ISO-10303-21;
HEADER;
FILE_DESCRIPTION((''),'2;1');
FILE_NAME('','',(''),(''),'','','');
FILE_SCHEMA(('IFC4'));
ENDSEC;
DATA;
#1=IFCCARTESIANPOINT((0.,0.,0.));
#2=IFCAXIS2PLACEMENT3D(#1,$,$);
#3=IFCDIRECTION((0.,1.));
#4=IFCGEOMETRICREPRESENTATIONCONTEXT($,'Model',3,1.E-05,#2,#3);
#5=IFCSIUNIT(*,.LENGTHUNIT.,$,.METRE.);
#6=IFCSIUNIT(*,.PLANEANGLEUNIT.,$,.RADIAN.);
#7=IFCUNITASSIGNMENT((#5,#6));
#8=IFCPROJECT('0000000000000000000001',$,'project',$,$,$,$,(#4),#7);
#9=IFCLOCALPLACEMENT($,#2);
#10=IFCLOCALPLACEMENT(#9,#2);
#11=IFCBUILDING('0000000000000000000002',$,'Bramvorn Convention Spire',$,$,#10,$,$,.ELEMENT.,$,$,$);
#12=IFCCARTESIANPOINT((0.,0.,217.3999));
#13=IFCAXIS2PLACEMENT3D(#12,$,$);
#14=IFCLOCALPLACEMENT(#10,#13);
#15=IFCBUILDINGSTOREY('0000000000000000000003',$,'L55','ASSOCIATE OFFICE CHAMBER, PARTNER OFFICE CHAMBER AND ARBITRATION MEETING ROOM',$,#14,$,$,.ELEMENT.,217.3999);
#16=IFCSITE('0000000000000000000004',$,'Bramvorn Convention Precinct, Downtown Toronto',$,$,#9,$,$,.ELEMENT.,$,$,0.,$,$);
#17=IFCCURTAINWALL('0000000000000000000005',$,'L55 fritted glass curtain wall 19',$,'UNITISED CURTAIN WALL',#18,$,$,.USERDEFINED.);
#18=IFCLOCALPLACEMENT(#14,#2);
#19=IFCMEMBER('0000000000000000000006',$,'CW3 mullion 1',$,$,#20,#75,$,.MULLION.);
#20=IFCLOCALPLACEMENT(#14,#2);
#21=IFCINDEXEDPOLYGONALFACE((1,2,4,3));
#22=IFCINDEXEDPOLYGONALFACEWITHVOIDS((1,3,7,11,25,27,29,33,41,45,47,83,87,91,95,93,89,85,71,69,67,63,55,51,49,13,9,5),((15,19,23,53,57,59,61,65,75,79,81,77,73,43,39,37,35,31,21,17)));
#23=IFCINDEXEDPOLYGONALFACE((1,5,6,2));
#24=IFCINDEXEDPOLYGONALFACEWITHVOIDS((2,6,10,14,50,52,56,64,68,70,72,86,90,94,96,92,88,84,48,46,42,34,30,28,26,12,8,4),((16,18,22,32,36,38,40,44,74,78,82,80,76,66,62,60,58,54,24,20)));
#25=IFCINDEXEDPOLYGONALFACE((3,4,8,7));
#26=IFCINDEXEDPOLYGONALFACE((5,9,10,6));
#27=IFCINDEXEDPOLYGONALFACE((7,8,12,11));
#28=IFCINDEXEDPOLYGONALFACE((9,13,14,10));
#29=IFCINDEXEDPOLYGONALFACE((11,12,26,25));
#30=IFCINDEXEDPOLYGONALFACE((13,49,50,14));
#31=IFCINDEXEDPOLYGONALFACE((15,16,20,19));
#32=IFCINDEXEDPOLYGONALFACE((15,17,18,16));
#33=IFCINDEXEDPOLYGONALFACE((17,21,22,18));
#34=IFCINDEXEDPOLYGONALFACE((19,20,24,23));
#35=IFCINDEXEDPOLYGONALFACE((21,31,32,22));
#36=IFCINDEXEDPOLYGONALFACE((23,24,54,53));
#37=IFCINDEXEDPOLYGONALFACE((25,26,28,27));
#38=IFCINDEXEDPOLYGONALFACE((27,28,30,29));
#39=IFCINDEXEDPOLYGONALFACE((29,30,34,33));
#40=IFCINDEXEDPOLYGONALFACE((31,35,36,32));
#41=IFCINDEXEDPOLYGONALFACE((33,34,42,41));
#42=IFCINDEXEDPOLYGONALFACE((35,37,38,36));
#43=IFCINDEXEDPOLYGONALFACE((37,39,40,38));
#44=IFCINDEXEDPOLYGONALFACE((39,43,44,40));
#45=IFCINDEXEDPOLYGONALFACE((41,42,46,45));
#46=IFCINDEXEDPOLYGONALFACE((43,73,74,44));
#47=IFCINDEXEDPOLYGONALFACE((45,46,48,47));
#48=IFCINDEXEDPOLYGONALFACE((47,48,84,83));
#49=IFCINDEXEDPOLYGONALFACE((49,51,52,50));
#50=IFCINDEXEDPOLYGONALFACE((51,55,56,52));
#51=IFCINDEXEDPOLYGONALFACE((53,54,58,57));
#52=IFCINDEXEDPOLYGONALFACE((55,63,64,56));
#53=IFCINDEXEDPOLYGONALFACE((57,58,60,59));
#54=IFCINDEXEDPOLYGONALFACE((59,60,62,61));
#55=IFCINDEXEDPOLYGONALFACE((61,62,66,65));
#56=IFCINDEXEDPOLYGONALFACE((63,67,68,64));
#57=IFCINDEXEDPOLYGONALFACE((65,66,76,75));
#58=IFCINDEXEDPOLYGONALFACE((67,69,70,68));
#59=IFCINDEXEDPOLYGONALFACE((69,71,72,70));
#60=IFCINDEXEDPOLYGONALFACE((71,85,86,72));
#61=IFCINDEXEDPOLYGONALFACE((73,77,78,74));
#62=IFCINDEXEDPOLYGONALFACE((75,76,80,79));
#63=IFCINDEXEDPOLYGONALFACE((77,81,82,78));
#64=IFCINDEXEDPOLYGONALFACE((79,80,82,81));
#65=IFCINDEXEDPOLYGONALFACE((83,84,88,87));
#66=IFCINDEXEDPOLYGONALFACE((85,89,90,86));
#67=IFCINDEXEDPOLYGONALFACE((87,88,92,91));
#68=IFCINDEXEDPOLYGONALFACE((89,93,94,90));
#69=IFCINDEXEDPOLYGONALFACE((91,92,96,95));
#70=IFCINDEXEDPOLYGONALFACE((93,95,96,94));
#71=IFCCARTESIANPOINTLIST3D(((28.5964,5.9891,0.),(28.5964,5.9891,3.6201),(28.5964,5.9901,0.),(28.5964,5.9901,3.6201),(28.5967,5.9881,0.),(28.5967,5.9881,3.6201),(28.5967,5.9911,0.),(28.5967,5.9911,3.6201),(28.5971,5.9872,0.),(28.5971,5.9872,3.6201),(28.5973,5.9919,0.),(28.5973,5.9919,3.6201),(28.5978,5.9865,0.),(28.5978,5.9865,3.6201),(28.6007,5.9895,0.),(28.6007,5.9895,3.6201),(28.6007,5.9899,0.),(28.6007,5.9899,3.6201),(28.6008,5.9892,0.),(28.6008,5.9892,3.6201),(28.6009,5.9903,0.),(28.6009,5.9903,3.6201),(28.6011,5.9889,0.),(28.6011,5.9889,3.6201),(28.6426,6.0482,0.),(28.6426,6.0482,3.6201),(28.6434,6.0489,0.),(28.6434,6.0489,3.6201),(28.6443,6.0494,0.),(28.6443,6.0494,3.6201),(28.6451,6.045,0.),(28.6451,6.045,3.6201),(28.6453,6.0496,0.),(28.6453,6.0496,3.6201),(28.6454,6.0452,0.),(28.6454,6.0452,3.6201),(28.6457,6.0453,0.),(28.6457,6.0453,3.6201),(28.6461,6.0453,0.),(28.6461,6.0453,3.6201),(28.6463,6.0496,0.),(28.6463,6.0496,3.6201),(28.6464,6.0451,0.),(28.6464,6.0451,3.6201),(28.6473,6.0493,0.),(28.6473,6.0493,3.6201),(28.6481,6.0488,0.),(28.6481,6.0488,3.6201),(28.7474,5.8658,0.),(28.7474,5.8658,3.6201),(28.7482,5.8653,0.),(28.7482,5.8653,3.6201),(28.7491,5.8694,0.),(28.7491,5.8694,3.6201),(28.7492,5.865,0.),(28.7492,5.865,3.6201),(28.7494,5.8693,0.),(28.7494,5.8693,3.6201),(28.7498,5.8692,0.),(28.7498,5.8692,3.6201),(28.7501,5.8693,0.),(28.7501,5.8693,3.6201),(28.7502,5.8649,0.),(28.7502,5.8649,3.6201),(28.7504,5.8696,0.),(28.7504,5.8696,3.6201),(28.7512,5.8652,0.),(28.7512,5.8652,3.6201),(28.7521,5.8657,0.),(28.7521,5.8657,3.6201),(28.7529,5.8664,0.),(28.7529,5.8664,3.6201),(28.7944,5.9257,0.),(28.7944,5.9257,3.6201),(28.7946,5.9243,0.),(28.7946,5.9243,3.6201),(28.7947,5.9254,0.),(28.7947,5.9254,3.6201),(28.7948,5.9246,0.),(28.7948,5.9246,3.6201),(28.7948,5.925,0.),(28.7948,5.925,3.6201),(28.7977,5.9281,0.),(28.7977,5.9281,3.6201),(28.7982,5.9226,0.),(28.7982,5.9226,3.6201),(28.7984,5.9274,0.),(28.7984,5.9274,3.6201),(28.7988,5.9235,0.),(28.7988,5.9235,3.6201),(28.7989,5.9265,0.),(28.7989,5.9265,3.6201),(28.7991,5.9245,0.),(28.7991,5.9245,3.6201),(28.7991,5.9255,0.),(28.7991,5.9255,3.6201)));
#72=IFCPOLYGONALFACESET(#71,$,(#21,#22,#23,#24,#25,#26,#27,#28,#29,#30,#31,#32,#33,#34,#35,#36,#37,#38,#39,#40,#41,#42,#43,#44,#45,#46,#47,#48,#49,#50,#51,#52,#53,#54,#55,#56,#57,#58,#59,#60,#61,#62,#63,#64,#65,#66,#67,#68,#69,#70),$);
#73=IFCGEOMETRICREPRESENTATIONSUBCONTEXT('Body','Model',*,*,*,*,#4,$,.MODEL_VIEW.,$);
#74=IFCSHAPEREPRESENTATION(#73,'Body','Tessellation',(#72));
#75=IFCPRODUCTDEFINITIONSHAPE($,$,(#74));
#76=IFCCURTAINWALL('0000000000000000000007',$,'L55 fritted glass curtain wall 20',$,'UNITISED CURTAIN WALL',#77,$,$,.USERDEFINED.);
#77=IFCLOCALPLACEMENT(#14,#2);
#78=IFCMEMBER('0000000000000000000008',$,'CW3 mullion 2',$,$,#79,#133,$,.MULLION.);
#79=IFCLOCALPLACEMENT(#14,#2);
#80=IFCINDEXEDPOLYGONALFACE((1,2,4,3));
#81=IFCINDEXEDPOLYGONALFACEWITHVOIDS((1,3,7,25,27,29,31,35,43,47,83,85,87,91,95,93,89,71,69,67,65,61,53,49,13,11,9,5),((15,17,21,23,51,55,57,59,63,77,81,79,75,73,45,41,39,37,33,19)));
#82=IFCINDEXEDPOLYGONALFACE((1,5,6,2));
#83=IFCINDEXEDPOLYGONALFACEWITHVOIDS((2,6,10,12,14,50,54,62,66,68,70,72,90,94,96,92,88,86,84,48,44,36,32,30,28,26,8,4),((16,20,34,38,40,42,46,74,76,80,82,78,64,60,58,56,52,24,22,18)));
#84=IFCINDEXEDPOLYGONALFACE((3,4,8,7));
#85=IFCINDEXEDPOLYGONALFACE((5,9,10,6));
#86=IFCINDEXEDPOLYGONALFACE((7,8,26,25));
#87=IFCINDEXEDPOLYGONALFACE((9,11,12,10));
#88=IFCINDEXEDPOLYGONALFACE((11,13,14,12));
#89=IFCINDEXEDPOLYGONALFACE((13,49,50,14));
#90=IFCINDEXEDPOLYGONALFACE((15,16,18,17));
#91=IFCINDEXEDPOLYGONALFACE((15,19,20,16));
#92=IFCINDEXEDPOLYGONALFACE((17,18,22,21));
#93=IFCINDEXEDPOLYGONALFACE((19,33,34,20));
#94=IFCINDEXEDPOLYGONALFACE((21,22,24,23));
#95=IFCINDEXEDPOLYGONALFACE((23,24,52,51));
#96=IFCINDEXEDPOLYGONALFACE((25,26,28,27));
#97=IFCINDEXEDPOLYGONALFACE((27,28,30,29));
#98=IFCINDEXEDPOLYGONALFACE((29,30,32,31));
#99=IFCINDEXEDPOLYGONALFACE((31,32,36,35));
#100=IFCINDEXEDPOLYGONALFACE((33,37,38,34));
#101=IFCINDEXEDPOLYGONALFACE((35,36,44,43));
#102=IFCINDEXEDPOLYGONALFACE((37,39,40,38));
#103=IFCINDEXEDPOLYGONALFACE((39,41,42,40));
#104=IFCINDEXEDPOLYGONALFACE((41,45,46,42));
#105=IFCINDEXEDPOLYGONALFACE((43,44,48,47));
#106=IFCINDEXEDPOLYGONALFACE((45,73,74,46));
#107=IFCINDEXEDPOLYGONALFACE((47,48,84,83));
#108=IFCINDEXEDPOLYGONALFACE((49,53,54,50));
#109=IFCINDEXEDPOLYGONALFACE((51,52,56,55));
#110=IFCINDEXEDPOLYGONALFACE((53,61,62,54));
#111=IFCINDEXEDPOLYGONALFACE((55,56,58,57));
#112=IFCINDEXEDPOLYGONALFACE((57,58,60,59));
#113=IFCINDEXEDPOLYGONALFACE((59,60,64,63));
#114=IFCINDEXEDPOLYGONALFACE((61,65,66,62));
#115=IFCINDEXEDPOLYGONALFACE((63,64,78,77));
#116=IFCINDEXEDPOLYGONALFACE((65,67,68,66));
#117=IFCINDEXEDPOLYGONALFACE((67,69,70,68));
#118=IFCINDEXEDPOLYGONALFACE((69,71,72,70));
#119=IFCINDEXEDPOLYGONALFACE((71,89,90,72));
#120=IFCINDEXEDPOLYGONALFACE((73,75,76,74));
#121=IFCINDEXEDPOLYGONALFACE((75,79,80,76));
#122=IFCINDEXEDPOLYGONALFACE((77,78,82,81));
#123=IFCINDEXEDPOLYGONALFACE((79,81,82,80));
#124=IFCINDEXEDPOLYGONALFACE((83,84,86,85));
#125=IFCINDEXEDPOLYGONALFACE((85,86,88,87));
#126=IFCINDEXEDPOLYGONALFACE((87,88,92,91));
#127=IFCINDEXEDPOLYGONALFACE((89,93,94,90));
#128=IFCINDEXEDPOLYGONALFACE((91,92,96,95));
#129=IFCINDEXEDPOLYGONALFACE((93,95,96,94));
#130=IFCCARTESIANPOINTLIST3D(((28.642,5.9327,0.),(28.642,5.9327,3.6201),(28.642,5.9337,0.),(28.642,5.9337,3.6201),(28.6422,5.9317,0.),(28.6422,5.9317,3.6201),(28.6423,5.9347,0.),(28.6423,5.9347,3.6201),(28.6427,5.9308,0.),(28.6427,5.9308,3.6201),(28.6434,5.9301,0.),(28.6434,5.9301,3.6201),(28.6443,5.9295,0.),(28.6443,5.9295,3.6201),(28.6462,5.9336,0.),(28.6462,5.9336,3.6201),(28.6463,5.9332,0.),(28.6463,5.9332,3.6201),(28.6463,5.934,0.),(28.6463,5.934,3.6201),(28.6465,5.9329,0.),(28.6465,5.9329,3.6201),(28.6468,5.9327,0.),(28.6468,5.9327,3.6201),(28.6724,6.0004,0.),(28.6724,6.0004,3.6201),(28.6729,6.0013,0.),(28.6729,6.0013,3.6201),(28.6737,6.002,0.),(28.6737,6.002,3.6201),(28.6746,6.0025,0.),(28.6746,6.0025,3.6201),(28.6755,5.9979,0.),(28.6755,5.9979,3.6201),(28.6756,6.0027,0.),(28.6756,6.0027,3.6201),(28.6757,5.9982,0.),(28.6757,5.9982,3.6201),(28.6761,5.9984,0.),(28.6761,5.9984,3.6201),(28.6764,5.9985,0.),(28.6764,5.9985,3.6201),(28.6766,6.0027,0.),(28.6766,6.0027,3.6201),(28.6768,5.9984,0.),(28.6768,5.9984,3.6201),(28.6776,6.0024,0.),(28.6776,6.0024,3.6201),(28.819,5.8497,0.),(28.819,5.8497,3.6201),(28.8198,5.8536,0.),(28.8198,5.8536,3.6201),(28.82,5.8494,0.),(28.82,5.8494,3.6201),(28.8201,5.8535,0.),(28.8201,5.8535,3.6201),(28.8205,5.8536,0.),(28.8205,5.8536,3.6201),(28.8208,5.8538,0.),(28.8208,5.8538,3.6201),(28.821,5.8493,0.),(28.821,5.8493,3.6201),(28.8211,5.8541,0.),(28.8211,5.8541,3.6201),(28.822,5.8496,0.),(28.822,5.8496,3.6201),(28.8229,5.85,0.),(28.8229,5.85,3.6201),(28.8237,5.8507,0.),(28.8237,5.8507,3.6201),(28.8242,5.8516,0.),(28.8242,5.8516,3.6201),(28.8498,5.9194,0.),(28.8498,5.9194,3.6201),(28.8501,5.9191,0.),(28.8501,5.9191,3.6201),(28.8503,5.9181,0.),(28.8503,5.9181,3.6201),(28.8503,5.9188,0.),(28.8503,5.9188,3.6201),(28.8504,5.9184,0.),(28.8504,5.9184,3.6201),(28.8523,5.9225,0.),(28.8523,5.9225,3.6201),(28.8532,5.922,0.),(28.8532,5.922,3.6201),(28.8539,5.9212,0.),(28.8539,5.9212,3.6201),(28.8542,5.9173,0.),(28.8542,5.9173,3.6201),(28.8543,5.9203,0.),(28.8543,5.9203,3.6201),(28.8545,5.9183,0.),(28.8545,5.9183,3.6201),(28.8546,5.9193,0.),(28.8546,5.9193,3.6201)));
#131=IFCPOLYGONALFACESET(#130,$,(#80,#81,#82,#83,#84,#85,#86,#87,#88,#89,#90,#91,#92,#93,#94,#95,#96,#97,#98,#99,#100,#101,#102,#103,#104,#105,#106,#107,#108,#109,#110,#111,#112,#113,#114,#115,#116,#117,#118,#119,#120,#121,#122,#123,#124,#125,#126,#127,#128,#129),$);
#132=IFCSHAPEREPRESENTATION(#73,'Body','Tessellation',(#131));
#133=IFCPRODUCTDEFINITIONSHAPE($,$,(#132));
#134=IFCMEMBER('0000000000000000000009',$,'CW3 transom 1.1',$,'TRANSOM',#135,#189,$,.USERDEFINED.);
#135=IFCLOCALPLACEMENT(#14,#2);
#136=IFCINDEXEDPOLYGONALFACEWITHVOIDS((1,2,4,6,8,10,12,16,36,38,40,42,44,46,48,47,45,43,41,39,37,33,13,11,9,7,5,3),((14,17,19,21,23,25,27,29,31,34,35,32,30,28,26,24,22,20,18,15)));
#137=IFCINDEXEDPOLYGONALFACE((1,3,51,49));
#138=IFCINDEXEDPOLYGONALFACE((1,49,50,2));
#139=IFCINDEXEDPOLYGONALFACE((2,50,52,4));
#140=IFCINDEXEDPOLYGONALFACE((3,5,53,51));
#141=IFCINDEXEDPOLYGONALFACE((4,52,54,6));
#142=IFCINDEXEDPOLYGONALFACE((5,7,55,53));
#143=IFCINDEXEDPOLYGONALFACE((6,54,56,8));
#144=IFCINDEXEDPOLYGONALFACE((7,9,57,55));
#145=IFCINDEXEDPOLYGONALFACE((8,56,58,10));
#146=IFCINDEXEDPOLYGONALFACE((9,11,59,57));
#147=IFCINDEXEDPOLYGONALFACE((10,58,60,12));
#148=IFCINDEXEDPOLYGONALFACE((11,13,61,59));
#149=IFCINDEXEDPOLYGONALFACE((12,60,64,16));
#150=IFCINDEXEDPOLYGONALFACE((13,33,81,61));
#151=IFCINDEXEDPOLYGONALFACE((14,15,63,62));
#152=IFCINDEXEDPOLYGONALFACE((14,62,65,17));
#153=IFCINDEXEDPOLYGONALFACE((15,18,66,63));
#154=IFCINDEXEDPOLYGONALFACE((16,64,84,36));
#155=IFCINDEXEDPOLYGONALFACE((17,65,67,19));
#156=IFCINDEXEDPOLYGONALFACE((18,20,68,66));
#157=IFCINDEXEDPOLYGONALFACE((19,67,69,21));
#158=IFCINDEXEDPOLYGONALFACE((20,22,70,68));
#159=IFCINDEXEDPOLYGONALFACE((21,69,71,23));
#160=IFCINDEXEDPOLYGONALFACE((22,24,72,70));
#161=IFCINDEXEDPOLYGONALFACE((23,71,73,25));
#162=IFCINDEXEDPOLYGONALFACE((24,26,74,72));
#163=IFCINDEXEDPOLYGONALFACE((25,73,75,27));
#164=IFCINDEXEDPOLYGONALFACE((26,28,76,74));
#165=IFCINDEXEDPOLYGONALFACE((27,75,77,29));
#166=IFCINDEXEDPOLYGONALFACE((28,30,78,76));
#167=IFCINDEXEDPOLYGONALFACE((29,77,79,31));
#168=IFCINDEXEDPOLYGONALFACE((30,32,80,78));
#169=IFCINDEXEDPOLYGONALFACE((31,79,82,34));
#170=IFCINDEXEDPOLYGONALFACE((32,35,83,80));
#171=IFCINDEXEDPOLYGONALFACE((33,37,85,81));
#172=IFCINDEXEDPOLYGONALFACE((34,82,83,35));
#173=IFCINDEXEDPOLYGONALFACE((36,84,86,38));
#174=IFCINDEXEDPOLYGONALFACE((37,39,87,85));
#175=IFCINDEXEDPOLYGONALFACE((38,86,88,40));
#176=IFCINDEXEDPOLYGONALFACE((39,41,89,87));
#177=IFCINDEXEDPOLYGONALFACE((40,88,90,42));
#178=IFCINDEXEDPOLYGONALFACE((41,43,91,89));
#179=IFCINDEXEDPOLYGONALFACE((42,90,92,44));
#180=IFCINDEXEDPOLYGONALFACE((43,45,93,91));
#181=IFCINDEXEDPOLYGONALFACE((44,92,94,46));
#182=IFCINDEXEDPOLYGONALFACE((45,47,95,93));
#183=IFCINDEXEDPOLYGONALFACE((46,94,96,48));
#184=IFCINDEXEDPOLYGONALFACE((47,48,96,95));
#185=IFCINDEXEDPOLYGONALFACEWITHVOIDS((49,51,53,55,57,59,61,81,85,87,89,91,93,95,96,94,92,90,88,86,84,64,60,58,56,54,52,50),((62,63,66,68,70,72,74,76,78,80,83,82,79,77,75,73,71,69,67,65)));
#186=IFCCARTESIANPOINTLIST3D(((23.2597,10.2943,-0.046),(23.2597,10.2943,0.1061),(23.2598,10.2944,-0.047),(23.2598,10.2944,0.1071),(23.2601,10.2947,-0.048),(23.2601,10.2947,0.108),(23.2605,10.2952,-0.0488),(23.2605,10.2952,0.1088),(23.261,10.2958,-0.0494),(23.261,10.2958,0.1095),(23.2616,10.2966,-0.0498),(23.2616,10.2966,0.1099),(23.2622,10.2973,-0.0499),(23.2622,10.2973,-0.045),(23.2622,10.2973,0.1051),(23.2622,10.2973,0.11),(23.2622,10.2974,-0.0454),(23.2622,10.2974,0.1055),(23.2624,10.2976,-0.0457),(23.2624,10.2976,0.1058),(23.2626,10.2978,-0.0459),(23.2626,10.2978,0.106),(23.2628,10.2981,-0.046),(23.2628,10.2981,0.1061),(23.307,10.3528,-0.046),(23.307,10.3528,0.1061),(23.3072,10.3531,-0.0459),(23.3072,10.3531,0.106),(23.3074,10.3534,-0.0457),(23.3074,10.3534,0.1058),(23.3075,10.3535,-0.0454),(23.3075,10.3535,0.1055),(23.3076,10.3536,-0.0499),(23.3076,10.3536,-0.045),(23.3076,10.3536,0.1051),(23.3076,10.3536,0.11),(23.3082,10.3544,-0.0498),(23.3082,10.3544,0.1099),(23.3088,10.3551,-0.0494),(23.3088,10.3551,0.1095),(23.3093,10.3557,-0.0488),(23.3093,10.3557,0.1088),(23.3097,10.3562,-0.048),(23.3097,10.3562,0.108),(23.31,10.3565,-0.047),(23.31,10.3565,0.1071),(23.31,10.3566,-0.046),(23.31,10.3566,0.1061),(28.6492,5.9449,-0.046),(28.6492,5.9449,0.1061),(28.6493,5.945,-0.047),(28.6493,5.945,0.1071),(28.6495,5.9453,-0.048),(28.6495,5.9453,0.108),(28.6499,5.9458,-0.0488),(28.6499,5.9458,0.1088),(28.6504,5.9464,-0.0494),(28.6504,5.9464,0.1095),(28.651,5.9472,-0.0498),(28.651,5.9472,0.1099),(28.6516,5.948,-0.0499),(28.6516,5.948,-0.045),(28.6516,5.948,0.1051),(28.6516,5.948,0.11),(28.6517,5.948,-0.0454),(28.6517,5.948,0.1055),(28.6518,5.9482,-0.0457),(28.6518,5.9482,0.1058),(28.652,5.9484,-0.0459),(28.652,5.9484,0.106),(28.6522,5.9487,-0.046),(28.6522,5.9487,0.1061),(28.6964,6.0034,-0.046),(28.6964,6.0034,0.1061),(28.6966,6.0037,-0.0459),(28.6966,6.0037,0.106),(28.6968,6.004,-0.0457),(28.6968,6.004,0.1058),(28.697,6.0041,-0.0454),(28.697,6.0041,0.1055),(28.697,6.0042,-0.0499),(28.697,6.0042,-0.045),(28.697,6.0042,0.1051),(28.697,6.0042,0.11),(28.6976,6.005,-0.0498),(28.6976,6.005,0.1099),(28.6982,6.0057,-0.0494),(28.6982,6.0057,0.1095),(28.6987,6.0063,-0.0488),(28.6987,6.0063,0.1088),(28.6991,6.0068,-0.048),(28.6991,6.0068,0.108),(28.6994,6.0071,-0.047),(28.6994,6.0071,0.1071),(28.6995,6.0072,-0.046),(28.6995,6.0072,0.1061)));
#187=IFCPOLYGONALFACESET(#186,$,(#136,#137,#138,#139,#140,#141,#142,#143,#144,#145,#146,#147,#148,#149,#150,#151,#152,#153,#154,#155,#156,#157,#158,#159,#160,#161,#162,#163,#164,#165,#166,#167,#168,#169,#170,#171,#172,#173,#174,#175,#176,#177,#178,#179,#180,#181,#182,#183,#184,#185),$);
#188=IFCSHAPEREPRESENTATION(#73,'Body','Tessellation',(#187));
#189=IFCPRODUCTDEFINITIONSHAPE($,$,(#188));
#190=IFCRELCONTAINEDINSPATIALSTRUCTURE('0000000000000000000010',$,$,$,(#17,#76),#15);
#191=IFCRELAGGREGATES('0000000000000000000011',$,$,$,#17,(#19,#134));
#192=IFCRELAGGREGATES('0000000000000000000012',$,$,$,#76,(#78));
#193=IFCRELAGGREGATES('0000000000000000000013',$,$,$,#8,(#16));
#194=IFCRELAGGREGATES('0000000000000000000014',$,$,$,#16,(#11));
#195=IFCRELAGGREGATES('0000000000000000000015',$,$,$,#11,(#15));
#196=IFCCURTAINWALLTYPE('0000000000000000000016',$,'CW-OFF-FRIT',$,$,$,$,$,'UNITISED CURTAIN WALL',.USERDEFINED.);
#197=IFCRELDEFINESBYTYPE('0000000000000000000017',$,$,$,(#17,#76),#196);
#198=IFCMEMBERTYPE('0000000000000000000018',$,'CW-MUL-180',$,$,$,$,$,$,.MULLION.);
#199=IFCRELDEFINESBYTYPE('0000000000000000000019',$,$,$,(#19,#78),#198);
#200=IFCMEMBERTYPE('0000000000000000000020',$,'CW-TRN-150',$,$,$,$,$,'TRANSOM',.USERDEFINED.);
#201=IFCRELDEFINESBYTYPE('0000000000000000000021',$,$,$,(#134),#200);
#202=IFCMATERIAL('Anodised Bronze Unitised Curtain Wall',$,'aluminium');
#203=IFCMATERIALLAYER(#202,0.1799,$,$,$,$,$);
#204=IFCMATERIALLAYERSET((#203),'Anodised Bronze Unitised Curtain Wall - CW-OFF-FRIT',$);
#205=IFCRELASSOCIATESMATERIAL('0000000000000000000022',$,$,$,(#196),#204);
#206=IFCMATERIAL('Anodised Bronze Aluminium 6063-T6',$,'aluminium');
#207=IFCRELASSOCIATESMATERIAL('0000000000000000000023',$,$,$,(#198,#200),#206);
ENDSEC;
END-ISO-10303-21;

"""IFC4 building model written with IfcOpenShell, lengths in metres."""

from ifc_helpers import new_model, si_unit, direction, frame, origin, origin_2d, place, context, subcontext, project, spatial, hollow_rectangle, extrude, material, layer, layer_set, material_profile, profile_set, type_object, element, aggregate, save


model = new_model("IFC4")

# Units and contexts
model_context = context("Model", 3, precision=1e-05, world=origin(), true_north=direction((0.0, 1.0)))
body_context = subcontext(model_context, "Body", "Model", "MODEL_VIEW")
ifc_project = project(units=[si_unit("LENGTHUNIT", "METRE"), si_unit("PLANEANGLEUNIT", "RADIAN")], contexts=[model_context])

# Site, building, storey
site_placement = place(None, origin())
site = spatial("IfcSite", under=ifc_project, at=site_placement, Name="Bramvorn Convention Precinct, Downtown Toronto", CompositionType="ELEMENT", RefElevation=0.0)
building_placement = place(site_placement, origin())
building = spatial("IfcBuilding", under=site, at=building_placement, Name="Bramvorn Convention Spire", CompositionType="ELEMENT")
storey_placement = place(building_placement, frame((0.0, 0.0, 217.3999)))
storey = spatial("IfcBuildingStorey", under=building, at=storey_placement, Name="L55", Description="ASSOCIATE OFFICE CHAMBER, PARTNER OFFICE CHAMBER AND ARBITRATION MEETING ROOM", CompositionType="ELEMENT", Elevation=217.3999)

# Curtain walls, members
ifc_material_1 = material(Name="Anodised Bronze Unitised Curtain Wall", Category="aluminium")
ifc_layer_1 = layer(ifc_material_1, 0.1799)
ifc_layer_set_1 = layer_set([ifc_layer_1], Name="Anodised Bronze Unitised Curtain Wall - CW-OFF-FRIT")
curtain_wall_type = type_object("IfcCurtainWallType", Name="CW-OFF-FRIT", ElementType="UNITISED CURTAIN WALL", PredefinedType="USERDEFINED", material=ifc_layer_set_1)
curtain_wall_1_placement = place(storey_placement, origin())
curtain_wall_1 = element("IfcCurtainWall", 1, at=curtain_wall_1_placement, inside=storey, type_object=curtain_wall_type, Name="L55 fritted glass curtain wall 19", ObjectType="UNITISED CURTAIN WALL", PredefinedType="USERDEFINED")
ifc_material_2 = material(Name="Anodised Bronze Aluminium 6063-T6", Category="aluminium")
ifc_material_profile_1 = material_profile(ifc_material_2, hollow_rectangle(XDim=0.0801, YDim=0.2, WallThickness=0.0039, InnerFilletRadius=0.001, OuterFilletRadius=0.0039, at=origin_2d()))
ifc_profile_set_1 = profile_set([ifc_material_profile_1], Name="Anodised Bronze Aluminium 6063-T6 - CWM80X200")
member_type_1 = type_object("IfcMemberType", Name="CW-MUL-180", PredefinedType="MULLION", material=ifc_profile_set_1)
member_1_placement = place(storey_placement, frame((28.6978, 5.9573, 0.0), z_axis=(0.0, 0.0, 1.0), x_axis=(-0.628027, -0.778192, 0.0)))
member_1 = element("IfcMember", 2, at=member_1_placement, type_object=member_type_1, Name="CW3 mullion 1", PredefinedType="MULLION", context=body_context, shape_type="SweptSolid", body=[
    extrude(hollow_rectangle(XDim=0.0801, YDim=0.2, WallThickness=0.0039, InnerFilletRadius=0.001, OuterFilletRadius=0.0039, at=origin_2d()), origin(), (0.0, 0.0, 1.0), 3.6201),
])
curtain_wall_2_placement = place(storey_placement, origin())
curtain_wall_2 = element("IfcCurtainWall", 3, at=curtain_wall_2_placement, inside=storey, type_object=curtain_wall_type, Name="L55 fritted glass curtain wall 20", ObjectType="UNITISED CURTAIN WALL", PredefinedType="USERDEFINED")
member_2_placement = place(storey_placement, frame((28.7483, 5.926, 0.0), z_axis=(0.0, 0.0, 1.0), x_axis=(-0.415636, -0.909531, 0.0)))
member_2 = element("IfcMember", 4, at=member_2_placement, type_object=member_type_1, Name="CW3 mullion 2", PredefinedType="MULLION", context=body_context, shape_type="SweptSolid", body=[
    extrude(hollow_rectangle(XDim=0.0801, YDim=0.2, WallThickness=0.0039, InnerFilletRadius=0.001, OuterFilletRadius=0.0039, at=origin_2d()), origin(), (0.0, 0.0, 1.0), 3.6201),
])

# Member
ifc_material_profile_2 = material_profile(ifc_material_2, hollow_rectangle(XDim=0.0801, YDim=0.1599, WallThickness=0.0039, InnerFilletRadius=0.001, OuterFilletRadius=0.0039, at=origin_2d()))
ifc_profile_set_2 = profile_set([ifc_material_profile_2], Name="Anodised Bronze Aluminium 6063-T6 - CWT80X160")
member_type_2 = type_object("IfcMemberType", Name="CW-TRN-150", ElementType="TRANSOM", PredefinedType="USERDEFINED", material=ifc_profile_set_2)
member_3_placement = place(storey_placement, frame((28.6743, 5.9761, 0.03), z_axis=(-0.778196, 0.628021, 0.0), x_axis=(-0.628021, -0.778196, 0.0)))
member_3 = element("IfcMember", 5, at=member_3_placement, type_object=member_type_2, Name="CW3 transom 1.1", ObjectType="TRANSOM", PredefinedType="USERDEFINED", context=body_context, shape_type="SweptSolid", body=[
    extrude(hollow_rectangle(XDim=0.0801, YDim=0.1599, WallThickness=0.0039, InnerFilletRadius=0.001, OuterFilletRadius=0.0039, at=origin_2d()), origin(), (0.0, 0.0, 1.0), 6.9255),
])
aggregate(curtain_wall_1, [member_1, member_3])

aggregate(curtain_wall_2, [member_2])

save(model, "model.ifc")
